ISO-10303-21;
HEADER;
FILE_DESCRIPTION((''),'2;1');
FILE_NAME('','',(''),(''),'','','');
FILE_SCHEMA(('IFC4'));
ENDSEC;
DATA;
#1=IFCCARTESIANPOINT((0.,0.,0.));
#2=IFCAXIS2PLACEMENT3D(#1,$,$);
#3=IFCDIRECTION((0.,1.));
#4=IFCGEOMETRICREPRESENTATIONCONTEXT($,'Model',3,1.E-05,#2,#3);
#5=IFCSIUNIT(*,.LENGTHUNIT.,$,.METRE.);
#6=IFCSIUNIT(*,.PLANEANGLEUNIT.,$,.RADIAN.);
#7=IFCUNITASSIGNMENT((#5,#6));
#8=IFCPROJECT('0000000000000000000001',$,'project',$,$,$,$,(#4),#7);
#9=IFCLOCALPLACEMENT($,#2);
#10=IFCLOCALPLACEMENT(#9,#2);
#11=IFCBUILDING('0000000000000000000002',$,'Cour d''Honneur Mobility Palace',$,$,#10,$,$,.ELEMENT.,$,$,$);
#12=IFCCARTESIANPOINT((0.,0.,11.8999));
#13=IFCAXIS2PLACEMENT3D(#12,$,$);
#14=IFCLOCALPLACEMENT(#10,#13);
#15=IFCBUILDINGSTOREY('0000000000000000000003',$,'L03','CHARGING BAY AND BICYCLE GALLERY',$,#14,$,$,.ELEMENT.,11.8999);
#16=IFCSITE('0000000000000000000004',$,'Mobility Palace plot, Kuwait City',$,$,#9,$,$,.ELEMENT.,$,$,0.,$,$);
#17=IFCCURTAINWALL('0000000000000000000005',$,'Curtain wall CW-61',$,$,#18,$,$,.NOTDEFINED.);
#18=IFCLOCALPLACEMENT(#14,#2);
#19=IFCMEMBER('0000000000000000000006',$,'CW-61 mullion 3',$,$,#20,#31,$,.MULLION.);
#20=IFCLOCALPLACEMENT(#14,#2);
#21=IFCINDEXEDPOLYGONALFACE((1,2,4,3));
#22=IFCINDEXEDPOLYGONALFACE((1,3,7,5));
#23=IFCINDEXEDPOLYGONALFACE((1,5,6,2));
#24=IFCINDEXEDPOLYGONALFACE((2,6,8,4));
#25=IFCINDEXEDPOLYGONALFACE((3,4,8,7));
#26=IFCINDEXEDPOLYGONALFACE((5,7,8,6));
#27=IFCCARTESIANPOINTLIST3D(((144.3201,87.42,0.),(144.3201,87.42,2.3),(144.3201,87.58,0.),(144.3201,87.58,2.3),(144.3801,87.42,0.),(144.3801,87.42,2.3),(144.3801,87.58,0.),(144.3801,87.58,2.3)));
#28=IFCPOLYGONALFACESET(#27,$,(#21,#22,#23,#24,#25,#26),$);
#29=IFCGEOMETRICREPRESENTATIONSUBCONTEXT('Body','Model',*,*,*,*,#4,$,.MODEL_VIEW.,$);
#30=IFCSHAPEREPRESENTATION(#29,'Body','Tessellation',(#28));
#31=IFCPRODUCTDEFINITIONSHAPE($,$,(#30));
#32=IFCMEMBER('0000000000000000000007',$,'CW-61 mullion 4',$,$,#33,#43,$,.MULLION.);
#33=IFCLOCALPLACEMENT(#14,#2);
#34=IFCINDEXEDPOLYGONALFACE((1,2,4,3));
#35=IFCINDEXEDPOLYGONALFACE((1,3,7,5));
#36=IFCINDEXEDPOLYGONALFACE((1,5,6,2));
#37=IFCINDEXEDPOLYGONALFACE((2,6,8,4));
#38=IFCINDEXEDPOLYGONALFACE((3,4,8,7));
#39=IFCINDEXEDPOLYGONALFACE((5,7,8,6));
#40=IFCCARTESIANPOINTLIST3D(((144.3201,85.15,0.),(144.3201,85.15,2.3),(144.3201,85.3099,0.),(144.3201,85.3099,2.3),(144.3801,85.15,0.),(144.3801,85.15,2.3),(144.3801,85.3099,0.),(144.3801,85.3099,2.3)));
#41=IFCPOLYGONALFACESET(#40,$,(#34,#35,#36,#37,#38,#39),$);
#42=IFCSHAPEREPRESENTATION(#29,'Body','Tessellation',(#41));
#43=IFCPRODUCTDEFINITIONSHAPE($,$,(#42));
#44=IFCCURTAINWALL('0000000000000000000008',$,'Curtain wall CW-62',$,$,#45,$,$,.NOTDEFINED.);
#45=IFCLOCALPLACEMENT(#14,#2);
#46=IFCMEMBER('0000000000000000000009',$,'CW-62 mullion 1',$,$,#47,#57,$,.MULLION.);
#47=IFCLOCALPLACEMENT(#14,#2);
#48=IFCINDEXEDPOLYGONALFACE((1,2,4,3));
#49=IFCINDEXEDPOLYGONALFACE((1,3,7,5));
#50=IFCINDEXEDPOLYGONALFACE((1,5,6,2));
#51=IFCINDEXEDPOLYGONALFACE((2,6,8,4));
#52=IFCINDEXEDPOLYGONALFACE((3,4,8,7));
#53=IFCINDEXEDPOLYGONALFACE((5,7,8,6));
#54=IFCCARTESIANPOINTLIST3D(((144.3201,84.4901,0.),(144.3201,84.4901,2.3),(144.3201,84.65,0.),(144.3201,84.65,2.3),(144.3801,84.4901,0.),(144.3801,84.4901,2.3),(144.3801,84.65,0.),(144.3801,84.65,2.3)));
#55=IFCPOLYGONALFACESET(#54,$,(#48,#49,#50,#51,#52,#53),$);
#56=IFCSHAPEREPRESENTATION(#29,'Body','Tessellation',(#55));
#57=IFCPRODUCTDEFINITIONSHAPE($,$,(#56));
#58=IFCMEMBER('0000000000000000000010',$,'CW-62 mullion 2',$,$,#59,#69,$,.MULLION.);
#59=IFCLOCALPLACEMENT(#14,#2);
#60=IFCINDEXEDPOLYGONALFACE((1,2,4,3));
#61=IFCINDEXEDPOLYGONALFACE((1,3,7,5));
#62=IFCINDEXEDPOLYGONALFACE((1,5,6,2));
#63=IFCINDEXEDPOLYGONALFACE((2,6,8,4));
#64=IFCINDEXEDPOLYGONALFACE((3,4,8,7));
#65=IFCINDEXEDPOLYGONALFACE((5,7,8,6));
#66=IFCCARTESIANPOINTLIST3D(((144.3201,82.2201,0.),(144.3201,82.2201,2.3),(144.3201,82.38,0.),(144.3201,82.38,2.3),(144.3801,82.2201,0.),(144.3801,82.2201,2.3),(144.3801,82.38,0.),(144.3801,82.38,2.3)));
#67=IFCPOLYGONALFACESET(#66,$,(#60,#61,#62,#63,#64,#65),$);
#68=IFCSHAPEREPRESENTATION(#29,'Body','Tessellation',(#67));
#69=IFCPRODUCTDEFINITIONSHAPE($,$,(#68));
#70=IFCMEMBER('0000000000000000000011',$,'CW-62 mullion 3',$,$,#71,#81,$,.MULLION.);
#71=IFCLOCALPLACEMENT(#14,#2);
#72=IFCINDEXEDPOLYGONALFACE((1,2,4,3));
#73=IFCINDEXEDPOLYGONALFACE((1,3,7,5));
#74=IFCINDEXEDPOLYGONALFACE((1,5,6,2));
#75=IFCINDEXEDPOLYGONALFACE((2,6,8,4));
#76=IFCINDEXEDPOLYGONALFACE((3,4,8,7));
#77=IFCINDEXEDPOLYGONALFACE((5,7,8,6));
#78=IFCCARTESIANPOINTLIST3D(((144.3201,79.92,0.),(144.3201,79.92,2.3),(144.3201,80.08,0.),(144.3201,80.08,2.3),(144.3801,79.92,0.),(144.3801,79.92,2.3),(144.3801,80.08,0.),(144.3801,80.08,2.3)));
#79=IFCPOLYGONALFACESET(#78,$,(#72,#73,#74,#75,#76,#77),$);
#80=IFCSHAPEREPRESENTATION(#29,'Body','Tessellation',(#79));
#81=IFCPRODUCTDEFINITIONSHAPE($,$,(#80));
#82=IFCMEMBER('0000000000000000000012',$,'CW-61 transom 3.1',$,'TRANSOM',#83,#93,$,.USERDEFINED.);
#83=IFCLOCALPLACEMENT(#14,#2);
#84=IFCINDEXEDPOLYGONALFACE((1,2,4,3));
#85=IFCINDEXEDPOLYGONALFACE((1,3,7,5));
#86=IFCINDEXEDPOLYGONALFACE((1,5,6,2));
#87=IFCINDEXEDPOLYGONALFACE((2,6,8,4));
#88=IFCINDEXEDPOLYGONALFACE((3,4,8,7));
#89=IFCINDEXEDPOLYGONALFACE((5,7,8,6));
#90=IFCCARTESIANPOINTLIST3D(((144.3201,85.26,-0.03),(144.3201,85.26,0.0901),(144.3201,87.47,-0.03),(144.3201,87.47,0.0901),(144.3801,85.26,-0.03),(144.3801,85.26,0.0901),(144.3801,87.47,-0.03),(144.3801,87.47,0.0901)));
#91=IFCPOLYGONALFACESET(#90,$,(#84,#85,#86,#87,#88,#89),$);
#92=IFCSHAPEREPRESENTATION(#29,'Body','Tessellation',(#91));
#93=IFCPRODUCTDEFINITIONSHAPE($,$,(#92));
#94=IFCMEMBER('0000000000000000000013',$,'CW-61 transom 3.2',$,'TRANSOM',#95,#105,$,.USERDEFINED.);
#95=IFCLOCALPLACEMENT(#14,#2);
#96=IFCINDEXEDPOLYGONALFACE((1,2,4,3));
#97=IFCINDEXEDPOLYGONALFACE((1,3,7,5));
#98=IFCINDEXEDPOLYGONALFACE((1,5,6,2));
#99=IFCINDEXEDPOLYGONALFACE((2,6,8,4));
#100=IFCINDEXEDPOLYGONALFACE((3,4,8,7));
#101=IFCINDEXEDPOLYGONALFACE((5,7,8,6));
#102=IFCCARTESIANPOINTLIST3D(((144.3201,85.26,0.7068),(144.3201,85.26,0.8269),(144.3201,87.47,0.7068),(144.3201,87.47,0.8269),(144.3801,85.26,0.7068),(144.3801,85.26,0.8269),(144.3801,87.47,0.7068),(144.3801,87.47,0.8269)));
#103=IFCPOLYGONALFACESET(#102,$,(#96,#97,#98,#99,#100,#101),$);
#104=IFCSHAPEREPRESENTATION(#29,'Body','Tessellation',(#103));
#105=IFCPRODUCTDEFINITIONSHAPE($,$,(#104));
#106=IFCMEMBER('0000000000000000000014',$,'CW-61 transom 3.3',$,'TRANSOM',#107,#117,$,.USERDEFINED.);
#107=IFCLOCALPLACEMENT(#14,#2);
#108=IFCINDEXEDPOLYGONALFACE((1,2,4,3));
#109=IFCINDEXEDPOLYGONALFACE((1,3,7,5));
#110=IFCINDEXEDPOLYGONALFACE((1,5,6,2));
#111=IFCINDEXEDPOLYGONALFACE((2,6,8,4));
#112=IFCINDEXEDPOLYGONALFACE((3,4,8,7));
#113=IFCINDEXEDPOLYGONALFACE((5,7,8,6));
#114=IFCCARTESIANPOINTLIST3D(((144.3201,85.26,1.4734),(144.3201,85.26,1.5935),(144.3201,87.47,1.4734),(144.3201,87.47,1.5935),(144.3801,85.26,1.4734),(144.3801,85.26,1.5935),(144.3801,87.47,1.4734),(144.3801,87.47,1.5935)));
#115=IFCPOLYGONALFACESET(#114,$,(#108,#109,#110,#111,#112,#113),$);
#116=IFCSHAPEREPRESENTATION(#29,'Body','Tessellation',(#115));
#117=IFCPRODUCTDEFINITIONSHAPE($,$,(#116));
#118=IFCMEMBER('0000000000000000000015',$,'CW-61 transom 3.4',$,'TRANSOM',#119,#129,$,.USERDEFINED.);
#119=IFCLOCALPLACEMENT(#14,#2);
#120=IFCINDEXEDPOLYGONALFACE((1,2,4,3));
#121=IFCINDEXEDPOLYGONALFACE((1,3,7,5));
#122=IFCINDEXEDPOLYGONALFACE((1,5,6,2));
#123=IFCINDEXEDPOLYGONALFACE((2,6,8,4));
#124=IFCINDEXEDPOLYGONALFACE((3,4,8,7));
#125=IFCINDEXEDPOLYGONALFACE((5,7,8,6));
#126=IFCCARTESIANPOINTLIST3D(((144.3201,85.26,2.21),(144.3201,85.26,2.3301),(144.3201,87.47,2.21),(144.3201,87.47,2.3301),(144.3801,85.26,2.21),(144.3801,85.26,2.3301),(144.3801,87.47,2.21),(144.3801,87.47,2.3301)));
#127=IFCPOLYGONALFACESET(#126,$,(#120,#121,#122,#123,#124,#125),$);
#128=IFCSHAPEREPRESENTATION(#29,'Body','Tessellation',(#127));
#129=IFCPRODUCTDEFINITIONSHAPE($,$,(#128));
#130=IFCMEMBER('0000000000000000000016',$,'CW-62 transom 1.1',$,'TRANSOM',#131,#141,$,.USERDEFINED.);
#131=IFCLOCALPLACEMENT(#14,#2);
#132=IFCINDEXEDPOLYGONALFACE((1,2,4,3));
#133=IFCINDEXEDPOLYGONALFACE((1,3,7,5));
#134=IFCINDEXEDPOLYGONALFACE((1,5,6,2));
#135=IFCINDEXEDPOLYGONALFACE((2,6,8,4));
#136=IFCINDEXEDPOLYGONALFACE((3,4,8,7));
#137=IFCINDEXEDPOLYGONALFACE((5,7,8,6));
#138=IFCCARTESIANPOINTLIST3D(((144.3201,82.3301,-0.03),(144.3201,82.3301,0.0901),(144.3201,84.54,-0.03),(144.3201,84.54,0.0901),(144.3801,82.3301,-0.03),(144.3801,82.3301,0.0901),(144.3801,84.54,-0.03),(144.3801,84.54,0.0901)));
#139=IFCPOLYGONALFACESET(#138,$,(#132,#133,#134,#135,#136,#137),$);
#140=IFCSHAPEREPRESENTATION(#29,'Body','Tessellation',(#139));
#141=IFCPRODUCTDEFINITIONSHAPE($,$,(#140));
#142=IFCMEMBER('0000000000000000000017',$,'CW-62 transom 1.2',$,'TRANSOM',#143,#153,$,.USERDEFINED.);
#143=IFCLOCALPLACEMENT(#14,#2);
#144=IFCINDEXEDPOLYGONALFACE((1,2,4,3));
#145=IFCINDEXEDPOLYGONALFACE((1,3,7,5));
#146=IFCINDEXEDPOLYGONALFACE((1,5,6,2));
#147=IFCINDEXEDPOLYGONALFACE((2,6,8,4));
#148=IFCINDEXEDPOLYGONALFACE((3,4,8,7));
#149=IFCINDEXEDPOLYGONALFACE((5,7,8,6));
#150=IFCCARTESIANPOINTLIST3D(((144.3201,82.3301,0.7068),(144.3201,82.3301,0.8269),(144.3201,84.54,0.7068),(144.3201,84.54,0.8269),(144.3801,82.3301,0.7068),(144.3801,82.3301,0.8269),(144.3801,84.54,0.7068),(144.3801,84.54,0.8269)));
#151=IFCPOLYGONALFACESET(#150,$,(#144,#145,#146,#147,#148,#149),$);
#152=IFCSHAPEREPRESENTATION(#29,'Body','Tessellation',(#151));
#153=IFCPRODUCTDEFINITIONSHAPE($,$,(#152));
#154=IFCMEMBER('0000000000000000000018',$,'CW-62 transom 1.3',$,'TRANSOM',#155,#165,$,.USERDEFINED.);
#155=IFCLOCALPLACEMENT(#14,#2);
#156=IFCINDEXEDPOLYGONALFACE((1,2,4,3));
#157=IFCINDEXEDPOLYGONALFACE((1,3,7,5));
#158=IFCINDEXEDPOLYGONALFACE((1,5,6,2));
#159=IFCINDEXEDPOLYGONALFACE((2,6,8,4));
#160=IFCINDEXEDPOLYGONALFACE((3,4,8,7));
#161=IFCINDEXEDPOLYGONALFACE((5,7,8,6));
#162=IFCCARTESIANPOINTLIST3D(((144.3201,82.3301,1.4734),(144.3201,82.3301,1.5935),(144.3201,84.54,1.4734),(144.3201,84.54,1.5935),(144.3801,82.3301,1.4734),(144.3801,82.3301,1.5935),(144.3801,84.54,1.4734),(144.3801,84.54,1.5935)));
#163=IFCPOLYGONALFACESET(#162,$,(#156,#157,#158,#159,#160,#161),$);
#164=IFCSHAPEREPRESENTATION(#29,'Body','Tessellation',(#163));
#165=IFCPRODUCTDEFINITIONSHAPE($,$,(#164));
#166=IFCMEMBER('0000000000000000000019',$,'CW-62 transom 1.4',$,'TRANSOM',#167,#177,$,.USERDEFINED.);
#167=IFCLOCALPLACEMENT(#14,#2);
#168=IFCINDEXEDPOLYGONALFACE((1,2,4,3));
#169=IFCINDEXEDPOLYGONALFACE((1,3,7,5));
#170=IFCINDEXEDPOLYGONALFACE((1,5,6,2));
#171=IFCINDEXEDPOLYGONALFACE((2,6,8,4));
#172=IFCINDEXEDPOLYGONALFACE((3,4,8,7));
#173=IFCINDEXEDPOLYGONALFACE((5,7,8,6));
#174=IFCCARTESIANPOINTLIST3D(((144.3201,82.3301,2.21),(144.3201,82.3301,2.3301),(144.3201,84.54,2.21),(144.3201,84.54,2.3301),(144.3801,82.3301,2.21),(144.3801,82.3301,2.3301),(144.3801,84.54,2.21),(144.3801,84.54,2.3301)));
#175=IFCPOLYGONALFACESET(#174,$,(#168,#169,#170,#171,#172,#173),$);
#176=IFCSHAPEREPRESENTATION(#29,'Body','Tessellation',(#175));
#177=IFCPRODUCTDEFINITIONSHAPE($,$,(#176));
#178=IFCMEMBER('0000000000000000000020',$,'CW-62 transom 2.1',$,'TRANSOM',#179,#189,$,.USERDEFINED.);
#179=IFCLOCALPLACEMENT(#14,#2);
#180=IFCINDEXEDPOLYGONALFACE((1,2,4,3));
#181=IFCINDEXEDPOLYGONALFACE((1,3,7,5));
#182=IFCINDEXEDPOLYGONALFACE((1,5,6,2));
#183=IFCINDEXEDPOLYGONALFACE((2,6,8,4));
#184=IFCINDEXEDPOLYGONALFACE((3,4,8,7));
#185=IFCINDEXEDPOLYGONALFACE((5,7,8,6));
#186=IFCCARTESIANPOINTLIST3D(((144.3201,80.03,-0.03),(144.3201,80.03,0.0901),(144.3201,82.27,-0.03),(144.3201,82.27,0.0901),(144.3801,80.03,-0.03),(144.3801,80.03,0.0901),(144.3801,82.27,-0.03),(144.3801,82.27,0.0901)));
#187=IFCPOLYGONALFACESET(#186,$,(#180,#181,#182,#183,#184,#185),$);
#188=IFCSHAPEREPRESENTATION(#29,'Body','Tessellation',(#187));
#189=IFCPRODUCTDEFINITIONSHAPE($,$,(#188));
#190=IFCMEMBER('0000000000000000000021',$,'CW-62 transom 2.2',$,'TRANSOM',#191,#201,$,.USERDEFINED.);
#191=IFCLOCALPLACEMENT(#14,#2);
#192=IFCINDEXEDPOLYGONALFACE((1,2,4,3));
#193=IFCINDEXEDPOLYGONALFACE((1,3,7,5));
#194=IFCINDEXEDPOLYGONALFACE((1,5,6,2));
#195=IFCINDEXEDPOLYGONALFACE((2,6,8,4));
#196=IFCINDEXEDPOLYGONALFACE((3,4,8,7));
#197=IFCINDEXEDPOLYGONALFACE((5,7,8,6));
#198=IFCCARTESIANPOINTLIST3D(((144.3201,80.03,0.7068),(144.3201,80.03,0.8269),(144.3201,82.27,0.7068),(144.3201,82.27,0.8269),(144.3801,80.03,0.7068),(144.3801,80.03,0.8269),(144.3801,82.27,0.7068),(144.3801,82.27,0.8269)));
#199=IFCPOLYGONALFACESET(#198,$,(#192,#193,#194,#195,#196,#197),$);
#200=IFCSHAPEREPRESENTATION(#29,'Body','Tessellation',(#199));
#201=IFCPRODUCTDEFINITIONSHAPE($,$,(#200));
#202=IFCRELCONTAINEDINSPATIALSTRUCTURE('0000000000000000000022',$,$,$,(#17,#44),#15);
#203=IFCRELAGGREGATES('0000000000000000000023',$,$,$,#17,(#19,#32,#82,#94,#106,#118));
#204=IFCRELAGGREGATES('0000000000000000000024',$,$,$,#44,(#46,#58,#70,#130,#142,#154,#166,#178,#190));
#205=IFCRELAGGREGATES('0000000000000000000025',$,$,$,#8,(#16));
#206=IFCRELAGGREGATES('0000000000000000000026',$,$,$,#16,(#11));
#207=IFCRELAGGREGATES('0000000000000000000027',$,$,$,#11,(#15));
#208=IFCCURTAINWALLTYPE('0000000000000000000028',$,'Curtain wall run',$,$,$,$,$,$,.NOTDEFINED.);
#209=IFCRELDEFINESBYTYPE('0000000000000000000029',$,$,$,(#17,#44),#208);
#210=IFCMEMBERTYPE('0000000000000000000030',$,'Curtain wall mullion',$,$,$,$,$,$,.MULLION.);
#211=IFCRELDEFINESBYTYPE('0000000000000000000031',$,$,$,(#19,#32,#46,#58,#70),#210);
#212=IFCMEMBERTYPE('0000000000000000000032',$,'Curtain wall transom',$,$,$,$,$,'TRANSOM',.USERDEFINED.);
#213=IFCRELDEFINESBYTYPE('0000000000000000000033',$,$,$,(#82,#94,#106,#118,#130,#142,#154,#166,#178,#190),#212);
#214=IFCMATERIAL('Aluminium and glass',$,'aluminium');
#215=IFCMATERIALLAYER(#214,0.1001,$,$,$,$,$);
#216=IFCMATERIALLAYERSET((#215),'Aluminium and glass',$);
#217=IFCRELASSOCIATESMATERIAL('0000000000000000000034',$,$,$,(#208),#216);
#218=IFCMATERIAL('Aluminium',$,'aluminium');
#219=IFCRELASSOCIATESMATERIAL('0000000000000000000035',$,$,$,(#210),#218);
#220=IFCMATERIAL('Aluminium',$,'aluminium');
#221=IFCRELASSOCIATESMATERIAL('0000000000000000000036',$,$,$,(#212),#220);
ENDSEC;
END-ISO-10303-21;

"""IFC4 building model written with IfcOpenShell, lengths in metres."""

from ifc_helpers import new_model, si_unit, direction, frame, origin, origin_2d, place, context, subcontext, project, spatial, rectangle, extrude, material, layer, layer_set, material_profile, profile_set, type_object, element, aggregate, save


model = new_model("IFC4")

# Units and contexts
model_context = context("Model", 3, precision=1e-05, world=origin(), true_north=direction((0.0, 1.0)))
body_context = subcontext(model_context, "Body", "Model", "MODEL_VIEW")
ifc_project = project(units=[si_unit("LENGTHUNIT", "METRE"), si_unit("PLANEANGLEUNIT", "RADIAN")], contexts=[model_context])

# Site, building, storey
site_placement = place(None, origin())
site = spatial("IfcSite", under=ifc_project, at=site_placement, Name="Mobility Palace plot, Kuwait City", CompositionType="ELEMENT", RefElevation=0.0)
building_placement = place(site_placement, origin())
building = spatial("IfcBuilding", under=site, at=building_placement, Name="Cour d'Honneur Mobility Palace", CompositionType="ELEMENT")
storey_placement = place(building_placement, frame((0.0, 0.0, 11.8999)))
storey = spatial("IfcBuildingStorey", under=building, at=storey_placement, Name="L03", Description="CHARGING BAY AND BICYCLE GALLERY", CompositionType="ELEMENT", Elevation=11.8999)

# Curtain walls, members
ifc_material_1 = material(Name="Aluminium and glass", Category="aluminium")
ifc_layer_1 = layer(ifc_material_1, 0.1001)
ifc_layer_set_1 = layer_set([ifc_layer_1], Name="Aluminium and glass")
curtain_wall_type = type_object("IfcCurtainWallType", Name="Curtain wall run", PredefinedType="NOTDEFINED", material=ifc_layer_set_1)
curtain_wall_1_placement = place(storey_placement, origin())
curtain_wall_1 = element("IfcCurtainWall", 1, at=curtain_wall_1_placement, inside=storey, type_object=curtain_wall_type, Name="Curtain wall CW-61", PredefinedType="NOTDEFINED")
ifc_material_2 = material(Name="Aluminium", Category="aluminium")
ifc_material_profile_1 = material_profile(ifc_material_2, rectangle(XDim=0.0601, YDim=0.1599, at=origin_2d()), Name="Curtain wall mullion")
ifc_profile_set_1 = profile_set([ifc_material_profile_1], Name="Aluminium")
member_type_1 = type_object("IfcMemberType", Name="Curtain wall mullion", PredefinedType="MULLION", material=ifc_profile_set_1)
member_1_placement = place(storey_placement, frame((144.3501, 87.5, 0.0), z_axis=(0.0, 0.0, 1.0), x_axis=(1.0, 0.0, 0.0)))
member_1 = element("IfcMember", 2, at=member_1_placement, type_object=member_type_1, Name="CW-61 mullion 3", PredefinedType="MULLION", context=body_context, shape_type="SweptSolid", body=[
    extrude(rectangle(XDim=0.0601, YDim=0.1599, at=origin_2d()), origin(), (0.0, 0.0, 1.0), 2.3),
])
member_2_placement = place(storey_placement, frame((144.3501, 85.23, 0.0), z_axis=(0.0, 0.0, 1.0), x_axis=(1.0, 0.0, 0.0)))
member_2 = element("IfcMember", 3, at=member_2_placement, type_object=member_type_1, Name="CW-61 mullion 4", PredefinedType="MULLION", context=body_context, shape_type="SweptSolid", body=[
    extrude(rectangle(XDim=0.0601, YDim=0.1599, at=origin_2d()), origin(), (0.0, 0.0, 1.0), 2.3),
])
curtain_wall_2_placement = place(storey_placement, origin())
curtain_wall_2 = element("IfcCurtainWall", 4, at=curtain_wall_2_placement, inside=storey, type_object=curtain_wall_type, Name="Curtain wall CW-62", PredefinedType="NOTDEFINED")
member_3_placement = place(storey_placement, frame((144.3501, 84.5701, 0.0), z_axis=(0.0, 0.0, 1.0), x_axis=(1.0, 0.0, 0.0)))
member_3 = element("IfcMember", 5, at=member_3_placement, type_object=member_type_1, Name="CW-62 mullion 1", PredefinedType="MULLION", context=body_context, shape_type="SweptSolid", body=[
    extrude(rectangle(XDim=0.0601, YDim=0.1599, at=origin_2d()), origin(), (0.0, 0.0, 1.0), 2.3),
])
member_4_placement = place(storey_placement, frame((144.3501, 82.3, 0.0), z_axis=(0.0, 0.0, 1.0), x_axis=(1.0, 0.0, 0.0)))
member_4 = element("IfcMember", 6, at=member_4_placement, type_object=member_type_1, Name="CW-62 mullion 2", PredefinedType="MULLION", context=body_context, shape_type="SweptSolid", body=[
    extrude(rectangle(XDim=0.0601, YDim=0.1599, at=origin_2d()), origin(), (0.0, 0.0, 1.0), 2.3),
])
member_5_placement = place(storey_placement, frame((144.3501, 80.0, 0.0), z_axis=(0.0, 0.0, 1.0), x_axis=(1.0, 0.0, 0.0)))
member_5 = element("IfcMember", 7, at=member_5_placement, type_object=member_type_1, Name="CW-62 mullion 3", PredefinedType="MULLION", context=body_context, shape_type="SweptSolid", body=[
    extrude(rectangle(XDim=0.0601, YDim=0.1599, at=origin_2d()), origin(), (0.0, 0.0, 1.0), 2.3),
])

# Members
ifc_material_3 = material(Name="Aluminium", Category="aluminium")
ifc_material_profile_2 = material_profile(ifc_material_3, rectangle(XDim=0.0601, YDim=0.1201, at=origin_2d()), Name="Curtain wall transom")
ifc_profile_set_2 = profile_set([ifc_material_profile_2], Name="Aluminium")
member_type_2 = type_object("IfcMemberType", Name="Curtain wall transom", ElementType="TRANSOM", PredefinedType="USERDEFINED", material=ifc_profile_set_2)
member_6_placement = place(storey_placement, frame((144.3501, 87.47, 0.03), z_axis=(0.0, -1.0, 0.0), x_axis=(1.0, 0.0, 0.0)))
member_6 = element("IfcMember", 8, at=member_6_placement, type_object=member_type_2, Name="CW-61 transom 3.1", ObjectType="TRANSOM", PredefinedType="USERDEFINED", context=body_context, shape_type="SweptSolid", body=[
    extrude(rectangle(XDim=0.0601, YDim=0.1201, at=origin_2d()), origin(), (0.0, 0.0, 1.0), 2.21),
])
member_7_placement = place(storey_placement, frame((144.3501, 87.47, 0.7668), z_axis=(0.0, -1.0, 0.0), x_axis=(1.0, 0.0, 0.0)))
member_7 = element("IfcMember", 9, at=member_7_placement, type_object=member_type_2, Name="CW-61 transom 3.2", ObjectType="TRANSOM", PredefinedType="USERDEFINED", context=body_context, shape_type="SweptSolid", body=[
    extrude(rectangle(XDim=0.0601, YDim=0.1201, at=origin_2d()), origin(), (0.0, 0.0, 1.0), 2.21),
])
member_8_placement = place(storey_placement, frame((144.3501, 87.47, 1.5334), z_axis=(0.0, -1.0, 0.0), x_axis=(1.0, 0.0, 0.0)))
member_8 = element("IfcMember", 10, at=member_8_placement, type_object=member_type_2, Name="CW-61 transom 3.3", ObjectType="TRANSOM", PredefinedType="USERDEFINED", context=body_context, shape_type="SweptSolid", body=[
    extrude(rectangle(XDim=0.0601, YDim=0.1201, at=origin_2d()), origin(), (0.0, 0.0, 1.0), 2.21),
])
member_9_placement = place(storey_placement, frame((144.3501, 87.47, 2.27), z_axis=(0.0, -1.0, 0.0), x_axis=(1.0, 0.0, 0.0)))
member_9 = element("IfcMember", 11, at=member_9_placement, type_object=member_type_2, Name="CW-61 transom 3.4", ObjectType="TRANSOM", PredefinedType="USERDEFINED", context=body_context, shape_type="SweptSolid", body=[
    extrude(rectangle(XDim=0.0601, YDim=0.1201, at=origin_2d()), origin(), (0.0, 0.0, 1.0), 2.21),
])
member_10_placement = place(storey_placement, frame((144.3501, 84.54, 0.03), z_axis=(0.0, -1.0, 0.0), x_axis=(1.0, 0.0, 0.0)))
member_10 = element("IfcMember", 12, at=member_10_placement, type_object=member_type_2, Name="CW-62 transom 1.1", ObjectType="TRANSOM", PredefinedType="USERDEFINED", context=body_context, shape_type="SweptSolid", body=[
    extrude(rectangle(XDim=0.0601, YDim=0.1201, at=origin_2d()), origin(), (0.0, 0.0, 1.0), 2.21),
])
member_11_placement = place(storey_placement, frame((144.3501, 84.54, 0.7668), z_axis=(0.0, -1.0, 0.0), x_axis=(1.0, 0.0, 0.0)))
member_11 = element("IfcMember", 13, at=member_11_placement, type_object=member_type_2, Name="CW-62 transom 1.2", ObjectType="TRANSOM", PredefinedType="USERDEFINED", context=body_context, shape_type="SweptSolid", body=[
    extrude(rectangle(XDim=0.0601, YDim=0.1201, at=origin_2d()), origin(), (0.0, 0.0, 1.0), 2.21),
])
member_12_placement = place(storey_placement, frame((144.3501, 84.54, 1.5334), z_axis=(0.0, -1.0, 0.0), x_axis=(1.0, 0.0, 0.0)))
member_12 = element("IfcMember", 14, at=member_12_placement, type_object=member_type_2, Name="CW-62 transom 1.3", ObjectType="TRANSOM", PredefinedType="USERDEFINED", context=body_context, shape_type="SweptSolid", body=[
    extrude(rectangle(XDim=0.0601, YDim=0.1201, at=origin_2d()), origin(), (0.0, 0.0, 1.0), 2.21),
])
member_13_placement = place(storey_placement, frame((144.3501, 84.54, 2.27), z_axis=(0.0, -1.0, 0.0), x_axis=(1.0, 0.0, 0.0)))
member_13 = element("IfcMember", 15, at=member_13_placement, type_object=member_type_2, Name="CW-62 transom 1.4", ObjectType="TRANSOM", PredefinedType="USERDEFINED", context=body_context, shape_type="SweptSolid", body=[
    extrude(rectangle(XDim=0.0601, YDim=0.1201, at=origin_2d()), origin(), (0.0, 0.0, 1.0), 2.21),
])
member_14_placement = place(storey_placement, frame((144.3501, 82.27, 0.03), z_axis=(0.0, -1.0, 0.0), x_axis=(1.0, 0.0, 0.0)))
member_14 = element("IfcMember", 16, at=member_14_placement, type_object=member_type_2, Name="CW-62 transom 2.1", ObjectType="TRANSOM", PredefinedType="USERDEFINED", context=body_context, shape_type="SweptSolid", body=[
    extrude(rectangle(XDim=0.0601, YDim=0.1201, at=origin_2d()), origin(), (0.0, 0.0, 1.0), 2.24),
])
member_15_placement = place(storey_placement, frame((144.3501, 82.27, 0.7668), z_axis=(0.0, -1.0, 0.0), x_axis=(1.0, 0.0, 0.0)))
member_15 = element("IfcMember", 17, at=member_15_placement, type_object=member_type_2, Name="CW-62 transom 2.2", ObjectType="TRANSOM", PredefinedType="USERDEFINED", context=body_context, shape_type="SweptSolid", body=[
    extrude(rectangle(XDim=0.0601, YDim=0.1201, at=origin_2d()), origin(), (0.0, 0.0, 1.0), 2.24),
])

aggregate(curtain_wall_1, [member_1, member_2, member_6, member_7, member_8, member_9])
aggregate(curtain_wall_2, [member_3, member_4, member_5, member_10, member_11, member_12, member_13, member_14, member_15])

save(model, "model.ifc")
